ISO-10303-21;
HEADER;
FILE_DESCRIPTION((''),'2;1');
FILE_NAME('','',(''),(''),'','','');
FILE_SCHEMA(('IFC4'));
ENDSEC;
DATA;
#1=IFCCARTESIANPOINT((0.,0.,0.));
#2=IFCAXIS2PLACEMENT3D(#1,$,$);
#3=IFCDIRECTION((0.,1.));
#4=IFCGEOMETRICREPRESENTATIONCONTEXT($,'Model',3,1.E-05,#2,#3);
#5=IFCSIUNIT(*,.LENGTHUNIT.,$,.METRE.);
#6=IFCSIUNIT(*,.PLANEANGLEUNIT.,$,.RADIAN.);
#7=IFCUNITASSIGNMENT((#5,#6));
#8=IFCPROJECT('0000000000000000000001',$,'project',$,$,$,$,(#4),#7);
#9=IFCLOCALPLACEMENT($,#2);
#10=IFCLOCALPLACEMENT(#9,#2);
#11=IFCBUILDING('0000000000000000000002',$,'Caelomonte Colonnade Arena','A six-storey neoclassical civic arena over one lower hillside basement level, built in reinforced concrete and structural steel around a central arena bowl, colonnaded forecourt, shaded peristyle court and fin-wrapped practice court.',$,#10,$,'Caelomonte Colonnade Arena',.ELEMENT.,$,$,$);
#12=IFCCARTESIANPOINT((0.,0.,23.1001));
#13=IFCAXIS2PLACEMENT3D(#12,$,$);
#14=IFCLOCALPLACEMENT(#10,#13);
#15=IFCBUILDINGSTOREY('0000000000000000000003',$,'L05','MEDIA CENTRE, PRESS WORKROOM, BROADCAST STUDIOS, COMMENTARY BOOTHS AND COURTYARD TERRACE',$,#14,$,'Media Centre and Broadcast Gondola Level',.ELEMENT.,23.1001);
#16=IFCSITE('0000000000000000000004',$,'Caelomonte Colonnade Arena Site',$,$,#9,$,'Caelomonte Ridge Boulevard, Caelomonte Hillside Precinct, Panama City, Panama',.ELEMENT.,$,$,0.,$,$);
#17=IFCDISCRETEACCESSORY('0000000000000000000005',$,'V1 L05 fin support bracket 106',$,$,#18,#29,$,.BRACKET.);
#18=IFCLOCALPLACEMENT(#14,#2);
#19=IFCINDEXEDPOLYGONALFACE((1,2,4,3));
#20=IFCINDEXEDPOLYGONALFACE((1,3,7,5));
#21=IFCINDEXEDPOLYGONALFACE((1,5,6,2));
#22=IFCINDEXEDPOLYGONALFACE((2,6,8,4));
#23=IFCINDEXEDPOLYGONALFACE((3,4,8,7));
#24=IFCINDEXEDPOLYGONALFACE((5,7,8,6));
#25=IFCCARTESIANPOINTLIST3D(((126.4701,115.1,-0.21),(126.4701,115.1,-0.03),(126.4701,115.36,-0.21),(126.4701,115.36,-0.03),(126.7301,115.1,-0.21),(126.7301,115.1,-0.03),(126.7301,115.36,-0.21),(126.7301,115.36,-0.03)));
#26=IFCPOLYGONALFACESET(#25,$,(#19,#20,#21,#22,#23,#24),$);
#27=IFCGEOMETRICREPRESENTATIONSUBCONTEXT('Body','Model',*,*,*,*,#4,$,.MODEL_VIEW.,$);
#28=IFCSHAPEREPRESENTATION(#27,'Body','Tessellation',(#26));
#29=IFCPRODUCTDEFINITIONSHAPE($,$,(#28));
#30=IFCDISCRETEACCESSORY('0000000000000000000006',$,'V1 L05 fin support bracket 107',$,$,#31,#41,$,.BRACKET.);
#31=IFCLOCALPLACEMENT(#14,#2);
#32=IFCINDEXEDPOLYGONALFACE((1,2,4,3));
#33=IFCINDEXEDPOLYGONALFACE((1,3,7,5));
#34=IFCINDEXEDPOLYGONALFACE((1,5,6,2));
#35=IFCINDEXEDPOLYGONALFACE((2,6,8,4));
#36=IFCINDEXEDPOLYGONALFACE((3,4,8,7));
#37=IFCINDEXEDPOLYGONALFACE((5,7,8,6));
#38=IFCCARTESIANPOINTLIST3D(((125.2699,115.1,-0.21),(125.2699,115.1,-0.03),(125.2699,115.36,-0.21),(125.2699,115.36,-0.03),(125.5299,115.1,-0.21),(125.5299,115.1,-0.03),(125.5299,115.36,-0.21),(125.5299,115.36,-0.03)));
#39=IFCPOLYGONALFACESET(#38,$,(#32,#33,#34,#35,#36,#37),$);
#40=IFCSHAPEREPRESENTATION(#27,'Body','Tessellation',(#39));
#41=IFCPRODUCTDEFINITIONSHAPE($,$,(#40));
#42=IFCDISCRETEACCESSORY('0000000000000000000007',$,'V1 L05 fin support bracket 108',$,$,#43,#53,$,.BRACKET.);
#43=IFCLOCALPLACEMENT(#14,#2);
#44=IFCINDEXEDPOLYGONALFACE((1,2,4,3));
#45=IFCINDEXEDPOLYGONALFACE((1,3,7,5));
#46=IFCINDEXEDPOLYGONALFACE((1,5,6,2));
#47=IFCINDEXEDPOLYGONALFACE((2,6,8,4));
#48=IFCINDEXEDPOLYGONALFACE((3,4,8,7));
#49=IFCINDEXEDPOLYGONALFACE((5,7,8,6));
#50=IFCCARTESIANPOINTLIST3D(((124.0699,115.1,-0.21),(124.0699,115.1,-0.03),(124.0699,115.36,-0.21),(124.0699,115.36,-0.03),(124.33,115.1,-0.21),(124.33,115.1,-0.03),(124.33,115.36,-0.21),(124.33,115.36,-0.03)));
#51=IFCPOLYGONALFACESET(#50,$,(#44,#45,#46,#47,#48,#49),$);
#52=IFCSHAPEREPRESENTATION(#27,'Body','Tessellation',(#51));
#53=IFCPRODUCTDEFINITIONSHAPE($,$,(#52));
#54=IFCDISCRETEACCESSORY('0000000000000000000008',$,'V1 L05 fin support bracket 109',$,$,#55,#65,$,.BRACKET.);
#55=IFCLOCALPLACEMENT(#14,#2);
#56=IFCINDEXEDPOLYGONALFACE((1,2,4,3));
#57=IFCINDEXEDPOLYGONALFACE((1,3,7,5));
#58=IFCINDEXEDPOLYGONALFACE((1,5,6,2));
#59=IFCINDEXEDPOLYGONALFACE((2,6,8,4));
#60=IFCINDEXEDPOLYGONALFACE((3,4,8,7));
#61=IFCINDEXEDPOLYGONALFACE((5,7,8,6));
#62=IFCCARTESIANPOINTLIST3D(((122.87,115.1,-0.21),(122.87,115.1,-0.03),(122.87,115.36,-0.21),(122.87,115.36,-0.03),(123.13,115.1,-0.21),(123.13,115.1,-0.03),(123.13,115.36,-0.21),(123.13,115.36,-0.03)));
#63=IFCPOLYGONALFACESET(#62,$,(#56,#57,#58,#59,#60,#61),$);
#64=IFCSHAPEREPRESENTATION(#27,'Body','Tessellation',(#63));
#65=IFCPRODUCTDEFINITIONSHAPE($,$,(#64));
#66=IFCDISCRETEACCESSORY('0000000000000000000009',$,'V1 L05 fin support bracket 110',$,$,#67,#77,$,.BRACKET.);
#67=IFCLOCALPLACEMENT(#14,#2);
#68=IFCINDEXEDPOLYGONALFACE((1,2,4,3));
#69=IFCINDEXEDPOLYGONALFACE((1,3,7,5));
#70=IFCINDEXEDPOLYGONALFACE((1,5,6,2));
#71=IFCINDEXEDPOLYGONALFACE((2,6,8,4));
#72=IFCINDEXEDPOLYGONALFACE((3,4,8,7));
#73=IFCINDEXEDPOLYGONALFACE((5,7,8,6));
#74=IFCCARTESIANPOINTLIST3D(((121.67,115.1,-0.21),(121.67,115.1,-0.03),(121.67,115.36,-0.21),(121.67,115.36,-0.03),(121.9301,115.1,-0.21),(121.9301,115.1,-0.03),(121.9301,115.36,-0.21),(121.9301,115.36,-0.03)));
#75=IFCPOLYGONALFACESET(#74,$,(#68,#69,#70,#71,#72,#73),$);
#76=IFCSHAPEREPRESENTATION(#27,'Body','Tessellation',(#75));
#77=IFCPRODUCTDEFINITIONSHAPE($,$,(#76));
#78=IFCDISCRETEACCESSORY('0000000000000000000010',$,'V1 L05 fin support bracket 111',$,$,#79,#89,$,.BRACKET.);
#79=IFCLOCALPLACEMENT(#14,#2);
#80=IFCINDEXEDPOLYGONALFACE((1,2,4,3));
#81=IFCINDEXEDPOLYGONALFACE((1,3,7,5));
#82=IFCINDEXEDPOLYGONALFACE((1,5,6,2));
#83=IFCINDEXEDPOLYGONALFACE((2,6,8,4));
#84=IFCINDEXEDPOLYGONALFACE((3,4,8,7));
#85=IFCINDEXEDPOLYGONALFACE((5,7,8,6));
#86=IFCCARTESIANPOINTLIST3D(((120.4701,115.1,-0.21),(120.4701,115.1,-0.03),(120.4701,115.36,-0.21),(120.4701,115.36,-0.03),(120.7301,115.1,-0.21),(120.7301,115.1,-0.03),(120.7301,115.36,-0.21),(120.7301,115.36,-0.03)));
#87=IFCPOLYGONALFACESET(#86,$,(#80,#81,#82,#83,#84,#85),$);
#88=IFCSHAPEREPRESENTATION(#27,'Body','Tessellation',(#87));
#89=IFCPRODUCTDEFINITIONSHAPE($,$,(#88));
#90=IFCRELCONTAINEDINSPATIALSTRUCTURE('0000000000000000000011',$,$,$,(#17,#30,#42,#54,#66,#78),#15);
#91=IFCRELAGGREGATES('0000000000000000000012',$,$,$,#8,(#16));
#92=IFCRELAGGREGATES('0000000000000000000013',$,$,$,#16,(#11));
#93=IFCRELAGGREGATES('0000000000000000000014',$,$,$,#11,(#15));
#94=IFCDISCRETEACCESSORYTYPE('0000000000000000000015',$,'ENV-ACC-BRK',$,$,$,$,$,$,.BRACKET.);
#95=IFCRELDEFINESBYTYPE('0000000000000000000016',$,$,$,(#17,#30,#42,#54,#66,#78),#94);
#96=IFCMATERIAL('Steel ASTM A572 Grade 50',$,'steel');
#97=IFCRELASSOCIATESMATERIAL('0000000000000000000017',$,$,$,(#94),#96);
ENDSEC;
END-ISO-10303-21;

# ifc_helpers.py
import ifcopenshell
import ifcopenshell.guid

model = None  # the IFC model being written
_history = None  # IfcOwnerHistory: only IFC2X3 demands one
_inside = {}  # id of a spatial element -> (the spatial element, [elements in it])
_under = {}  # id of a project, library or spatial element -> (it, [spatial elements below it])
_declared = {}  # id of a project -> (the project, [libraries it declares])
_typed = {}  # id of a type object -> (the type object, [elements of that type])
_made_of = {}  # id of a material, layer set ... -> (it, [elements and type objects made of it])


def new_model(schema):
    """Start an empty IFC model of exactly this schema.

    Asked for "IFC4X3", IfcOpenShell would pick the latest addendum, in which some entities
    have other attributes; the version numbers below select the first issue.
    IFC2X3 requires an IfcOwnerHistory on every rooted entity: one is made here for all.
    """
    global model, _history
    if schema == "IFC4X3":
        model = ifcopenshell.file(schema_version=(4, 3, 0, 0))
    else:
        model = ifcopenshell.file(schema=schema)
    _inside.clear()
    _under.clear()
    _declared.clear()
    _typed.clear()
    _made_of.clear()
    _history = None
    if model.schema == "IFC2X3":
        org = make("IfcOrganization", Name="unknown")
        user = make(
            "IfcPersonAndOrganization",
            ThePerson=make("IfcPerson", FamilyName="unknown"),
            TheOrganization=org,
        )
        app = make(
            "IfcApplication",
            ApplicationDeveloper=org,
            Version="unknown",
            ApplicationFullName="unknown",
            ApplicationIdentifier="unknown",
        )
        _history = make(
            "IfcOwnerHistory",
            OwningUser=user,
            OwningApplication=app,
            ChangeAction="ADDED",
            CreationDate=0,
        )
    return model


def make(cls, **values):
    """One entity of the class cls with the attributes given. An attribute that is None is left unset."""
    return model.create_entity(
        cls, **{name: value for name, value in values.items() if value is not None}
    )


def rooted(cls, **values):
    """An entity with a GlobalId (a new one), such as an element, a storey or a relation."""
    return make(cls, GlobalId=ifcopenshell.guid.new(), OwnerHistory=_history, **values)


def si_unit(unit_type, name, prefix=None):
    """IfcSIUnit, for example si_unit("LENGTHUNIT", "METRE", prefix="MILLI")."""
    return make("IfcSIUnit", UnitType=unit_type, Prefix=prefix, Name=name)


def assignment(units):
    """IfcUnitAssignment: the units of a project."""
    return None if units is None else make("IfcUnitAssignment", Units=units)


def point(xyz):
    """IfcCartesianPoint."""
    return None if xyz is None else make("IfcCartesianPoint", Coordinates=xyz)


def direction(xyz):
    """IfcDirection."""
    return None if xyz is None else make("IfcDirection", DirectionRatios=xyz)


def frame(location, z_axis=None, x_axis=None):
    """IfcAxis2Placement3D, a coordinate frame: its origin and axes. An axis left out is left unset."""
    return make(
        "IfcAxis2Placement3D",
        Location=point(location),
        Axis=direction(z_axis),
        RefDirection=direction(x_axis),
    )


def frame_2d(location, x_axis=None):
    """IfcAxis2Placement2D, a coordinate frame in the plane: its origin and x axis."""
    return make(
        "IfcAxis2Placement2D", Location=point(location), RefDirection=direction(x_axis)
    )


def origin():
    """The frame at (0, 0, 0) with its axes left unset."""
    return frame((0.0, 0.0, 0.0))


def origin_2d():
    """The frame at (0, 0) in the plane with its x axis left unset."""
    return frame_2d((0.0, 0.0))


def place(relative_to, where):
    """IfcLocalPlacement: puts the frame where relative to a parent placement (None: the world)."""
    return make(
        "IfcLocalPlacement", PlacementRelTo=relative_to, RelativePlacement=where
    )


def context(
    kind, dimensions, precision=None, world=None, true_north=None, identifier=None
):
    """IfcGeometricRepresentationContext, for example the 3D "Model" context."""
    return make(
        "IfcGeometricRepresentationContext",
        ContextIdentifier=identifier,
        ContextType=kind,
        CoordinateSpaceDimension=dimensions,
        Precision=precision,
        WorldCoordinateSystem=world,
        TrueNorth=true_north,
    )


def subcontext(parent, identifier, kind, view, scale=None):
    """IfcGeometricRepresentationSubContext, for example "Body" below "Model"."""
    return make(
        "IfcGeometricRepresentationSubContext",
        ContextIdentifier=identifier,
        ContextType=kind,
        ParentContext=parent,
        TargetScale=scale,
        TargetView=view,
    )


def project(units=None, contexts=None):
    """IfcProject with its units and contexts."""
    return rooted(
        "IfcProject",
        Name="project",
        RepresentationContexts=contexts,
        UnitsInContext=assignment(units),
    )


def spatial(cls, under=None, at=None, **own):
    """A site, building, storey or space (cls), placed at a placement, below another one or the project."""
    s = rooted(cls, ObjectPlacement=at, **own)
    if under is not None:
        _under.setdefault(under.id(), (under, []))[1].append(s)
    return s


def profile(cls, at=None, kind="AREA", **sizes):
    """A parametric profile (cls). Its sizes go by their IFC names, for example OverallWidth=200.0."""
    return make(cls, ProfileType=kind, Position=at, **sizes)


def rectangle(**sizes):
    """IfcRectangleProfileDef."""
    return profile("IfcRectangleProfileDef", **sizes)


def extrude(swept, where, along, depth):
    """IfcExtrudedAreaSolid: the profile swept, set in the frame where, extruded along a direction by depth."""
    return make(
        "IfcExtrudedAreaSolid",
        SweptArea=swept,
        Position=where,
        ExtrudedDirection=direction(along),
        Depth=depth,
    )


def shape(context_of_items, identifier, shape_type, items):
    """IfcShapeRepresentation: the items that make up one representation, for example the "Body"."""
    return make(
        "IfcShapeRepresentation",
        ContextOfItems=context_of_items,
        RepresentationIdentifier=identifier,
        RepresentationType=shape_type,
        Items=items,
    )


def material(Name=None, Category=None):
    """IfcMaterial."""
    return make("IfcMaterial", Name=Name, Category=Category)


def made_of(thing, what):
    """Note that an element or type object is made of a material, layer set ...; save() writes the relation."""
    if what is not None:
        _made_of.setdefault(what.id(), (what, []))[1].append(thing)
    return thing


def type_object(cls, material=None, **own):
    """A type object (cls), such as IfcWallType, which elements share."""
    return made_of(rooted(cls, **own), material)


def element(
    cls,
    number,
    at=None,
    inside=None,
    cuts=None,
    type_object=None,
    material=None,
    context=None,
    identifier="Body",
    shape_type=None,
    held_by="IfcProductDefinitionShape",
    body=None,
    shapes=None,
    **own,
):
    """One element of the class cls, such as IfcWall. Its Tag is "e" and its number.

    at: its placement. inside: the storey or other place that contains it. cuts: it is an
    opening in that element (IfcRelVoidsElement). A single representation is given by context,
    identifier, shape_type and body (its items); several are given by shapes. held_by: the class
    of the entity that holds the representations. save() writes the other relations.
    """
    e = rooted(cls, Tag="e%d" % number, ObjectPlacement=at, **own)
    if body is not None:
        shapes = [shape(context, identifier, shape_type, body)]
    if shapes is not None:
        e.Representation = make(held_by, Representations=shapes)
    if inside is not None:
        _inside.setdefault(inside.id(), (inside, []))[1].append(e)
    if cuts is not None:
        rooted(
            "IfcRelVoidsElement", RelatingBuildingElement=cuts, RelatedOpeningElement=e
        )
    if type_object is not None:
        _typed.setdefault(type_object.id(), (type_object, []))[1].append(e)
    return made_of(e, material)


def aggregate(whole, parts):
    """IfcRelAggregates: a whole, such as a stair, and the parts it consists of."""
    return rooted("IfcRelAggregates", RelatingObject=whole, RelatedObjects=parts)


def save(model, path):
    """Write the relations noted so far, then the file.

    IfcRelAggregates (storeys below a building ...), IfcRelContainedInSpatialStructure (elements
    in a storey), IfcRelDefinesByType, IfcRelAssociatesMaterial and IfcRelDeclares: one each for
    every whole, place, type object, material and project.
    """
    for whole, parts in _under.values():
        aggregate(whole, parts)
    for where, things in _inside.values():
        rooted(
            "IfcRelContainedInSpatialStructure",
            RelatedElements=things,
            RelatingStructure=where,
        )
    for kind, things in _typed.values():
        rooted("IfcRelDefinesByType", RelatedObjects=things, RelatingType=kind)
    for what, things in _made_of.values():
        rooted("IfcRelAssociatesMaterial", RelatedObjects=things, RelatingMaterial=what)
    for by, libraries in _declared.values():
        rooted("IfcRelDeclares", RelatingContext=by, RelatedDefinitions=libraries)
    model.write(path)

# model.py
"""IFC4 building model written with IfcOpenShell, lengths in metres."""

from ifc_helpers import new_model, si_unit, direction, frame, origin, origin_2d, place, context, subcontext, project, spatial, rectangle, extrude, material, type_object, element, save


model = new_model("IFC4")

# Units and contexts
model_context = context("Model", 3, precision=1e-05, world=origin(), true_north=direction((0.0, 1.0)))
body_context = subcontext(model_context, "Body", "Model", "MODEL_VIEW")
ifc_project = project(units=[si_unit("LENGTHUNIT", "METRE"), si_unit("PLANEANGLEUNIT", "RADIAN")], contexts=[model_context])

# Site, building, storey
site_placement = place(None, origin())
site = spatial("IfcSite", under=ifc_project, at=site_placement, Name="Caelomonte Colonnade Arena Site", LongName="Caelomonte Ridge Boulevard, Caelomonte Hillside Precinct, Panama City, Panama", CompositionType="ELEMENT", RefElevation=0.0)
building_placement = place(site_placement, origin())
building = spatial("IfcBuilding", under=site, at=building_placement, Name="Caelomonte Colonnade Arena", Description="A six-storey neoclassical civic arena over one lower hillside basement level, built in reinforced concrete and structural steel around a central arena bowl, colonnaded forecourt, shaded peristyle court and fin-wrapped practice court.", LongName="Caelomonte Colonnade Arena", CompositionType="ELEMENT")
storey_placement = place(building_placement, frame((0.0, 0.0, 23.1001)))
storey = spatial("IfcBuildingStorey", under=building, at=storey_placement, Name="L05", Description="MEDIA CENTRE, PRESS WORKROOM, BROADCAST STUDIOS, COMMENTARY BOOTHS AND COURTYARD TERRACE", LongName="Media Centre and Broadcast Gondola Level", CompositionType="ELEMENT", Elevation=23.1001)

# Discrete accessories
ifc_material_1 = material(Name="Steel ASTM A572 Grade 50", Category="steel")
discrete_accessory_type = type_object("IfcDiscreteAccessoryType", Name="ENV-ACC-BRK", PredefinedType="BRACKET", material=ifc_material_1)
for number, where, z_axis, x_axis, name in (
    (1, (126.6001, 115.23, -0.21), (0.0, 0.0, 1.0), (-1.0, 0.0, 0.0), "V1 L05 fin support bracket 106"),
    (2, (125.3999, 115.23, -0.21), (0.0, 0.0, 1.0), (-1.0, 0.0, 0.0), "V1 L05 fin support bracket 107"),
    (3, (124.2, 115.23, -0.21), (0.0, 0.0, 1.0), (-1.0, 0.0, 0.0), "V1 L05 fin support bracket 108"),
    (4, (123.0, 115.23, -0.21), (0.0, 0.0, 1.0), (-1.0, 0.0, 0.0), "V1 L05 fin support bracket 109"),
    (5, (121.8, 115.23, -0.21), (0.0, 0.0, 1.0), (-1.0, 0.0, 0.0), "V1 L05 fin support bracket 110"),
    (6, (120.6001, 115.23, -0.21), (0.0, 0.0, 1.0), (-1.0, 0.0, 0.0), "V1 L05 fin support bracket 111"),
):
    element("IfcDiscreteAccessory", number, at=place(storey_placement, frame(where, z_axis=z_axis, x_axis=x_axis)), inside=storey, type_object=discrete_accessory_type, Name=name, PredefinedType="BRACKET", context=body_context, shape_type="SweptSolid", body=[
        extrude(rectangle(XDim=0.26, YDim=0.26, at=origin_2d()), origin(), (0.0, 0.0, 1.0), 0.1799),
    ])

save(model, "model.ifc")
